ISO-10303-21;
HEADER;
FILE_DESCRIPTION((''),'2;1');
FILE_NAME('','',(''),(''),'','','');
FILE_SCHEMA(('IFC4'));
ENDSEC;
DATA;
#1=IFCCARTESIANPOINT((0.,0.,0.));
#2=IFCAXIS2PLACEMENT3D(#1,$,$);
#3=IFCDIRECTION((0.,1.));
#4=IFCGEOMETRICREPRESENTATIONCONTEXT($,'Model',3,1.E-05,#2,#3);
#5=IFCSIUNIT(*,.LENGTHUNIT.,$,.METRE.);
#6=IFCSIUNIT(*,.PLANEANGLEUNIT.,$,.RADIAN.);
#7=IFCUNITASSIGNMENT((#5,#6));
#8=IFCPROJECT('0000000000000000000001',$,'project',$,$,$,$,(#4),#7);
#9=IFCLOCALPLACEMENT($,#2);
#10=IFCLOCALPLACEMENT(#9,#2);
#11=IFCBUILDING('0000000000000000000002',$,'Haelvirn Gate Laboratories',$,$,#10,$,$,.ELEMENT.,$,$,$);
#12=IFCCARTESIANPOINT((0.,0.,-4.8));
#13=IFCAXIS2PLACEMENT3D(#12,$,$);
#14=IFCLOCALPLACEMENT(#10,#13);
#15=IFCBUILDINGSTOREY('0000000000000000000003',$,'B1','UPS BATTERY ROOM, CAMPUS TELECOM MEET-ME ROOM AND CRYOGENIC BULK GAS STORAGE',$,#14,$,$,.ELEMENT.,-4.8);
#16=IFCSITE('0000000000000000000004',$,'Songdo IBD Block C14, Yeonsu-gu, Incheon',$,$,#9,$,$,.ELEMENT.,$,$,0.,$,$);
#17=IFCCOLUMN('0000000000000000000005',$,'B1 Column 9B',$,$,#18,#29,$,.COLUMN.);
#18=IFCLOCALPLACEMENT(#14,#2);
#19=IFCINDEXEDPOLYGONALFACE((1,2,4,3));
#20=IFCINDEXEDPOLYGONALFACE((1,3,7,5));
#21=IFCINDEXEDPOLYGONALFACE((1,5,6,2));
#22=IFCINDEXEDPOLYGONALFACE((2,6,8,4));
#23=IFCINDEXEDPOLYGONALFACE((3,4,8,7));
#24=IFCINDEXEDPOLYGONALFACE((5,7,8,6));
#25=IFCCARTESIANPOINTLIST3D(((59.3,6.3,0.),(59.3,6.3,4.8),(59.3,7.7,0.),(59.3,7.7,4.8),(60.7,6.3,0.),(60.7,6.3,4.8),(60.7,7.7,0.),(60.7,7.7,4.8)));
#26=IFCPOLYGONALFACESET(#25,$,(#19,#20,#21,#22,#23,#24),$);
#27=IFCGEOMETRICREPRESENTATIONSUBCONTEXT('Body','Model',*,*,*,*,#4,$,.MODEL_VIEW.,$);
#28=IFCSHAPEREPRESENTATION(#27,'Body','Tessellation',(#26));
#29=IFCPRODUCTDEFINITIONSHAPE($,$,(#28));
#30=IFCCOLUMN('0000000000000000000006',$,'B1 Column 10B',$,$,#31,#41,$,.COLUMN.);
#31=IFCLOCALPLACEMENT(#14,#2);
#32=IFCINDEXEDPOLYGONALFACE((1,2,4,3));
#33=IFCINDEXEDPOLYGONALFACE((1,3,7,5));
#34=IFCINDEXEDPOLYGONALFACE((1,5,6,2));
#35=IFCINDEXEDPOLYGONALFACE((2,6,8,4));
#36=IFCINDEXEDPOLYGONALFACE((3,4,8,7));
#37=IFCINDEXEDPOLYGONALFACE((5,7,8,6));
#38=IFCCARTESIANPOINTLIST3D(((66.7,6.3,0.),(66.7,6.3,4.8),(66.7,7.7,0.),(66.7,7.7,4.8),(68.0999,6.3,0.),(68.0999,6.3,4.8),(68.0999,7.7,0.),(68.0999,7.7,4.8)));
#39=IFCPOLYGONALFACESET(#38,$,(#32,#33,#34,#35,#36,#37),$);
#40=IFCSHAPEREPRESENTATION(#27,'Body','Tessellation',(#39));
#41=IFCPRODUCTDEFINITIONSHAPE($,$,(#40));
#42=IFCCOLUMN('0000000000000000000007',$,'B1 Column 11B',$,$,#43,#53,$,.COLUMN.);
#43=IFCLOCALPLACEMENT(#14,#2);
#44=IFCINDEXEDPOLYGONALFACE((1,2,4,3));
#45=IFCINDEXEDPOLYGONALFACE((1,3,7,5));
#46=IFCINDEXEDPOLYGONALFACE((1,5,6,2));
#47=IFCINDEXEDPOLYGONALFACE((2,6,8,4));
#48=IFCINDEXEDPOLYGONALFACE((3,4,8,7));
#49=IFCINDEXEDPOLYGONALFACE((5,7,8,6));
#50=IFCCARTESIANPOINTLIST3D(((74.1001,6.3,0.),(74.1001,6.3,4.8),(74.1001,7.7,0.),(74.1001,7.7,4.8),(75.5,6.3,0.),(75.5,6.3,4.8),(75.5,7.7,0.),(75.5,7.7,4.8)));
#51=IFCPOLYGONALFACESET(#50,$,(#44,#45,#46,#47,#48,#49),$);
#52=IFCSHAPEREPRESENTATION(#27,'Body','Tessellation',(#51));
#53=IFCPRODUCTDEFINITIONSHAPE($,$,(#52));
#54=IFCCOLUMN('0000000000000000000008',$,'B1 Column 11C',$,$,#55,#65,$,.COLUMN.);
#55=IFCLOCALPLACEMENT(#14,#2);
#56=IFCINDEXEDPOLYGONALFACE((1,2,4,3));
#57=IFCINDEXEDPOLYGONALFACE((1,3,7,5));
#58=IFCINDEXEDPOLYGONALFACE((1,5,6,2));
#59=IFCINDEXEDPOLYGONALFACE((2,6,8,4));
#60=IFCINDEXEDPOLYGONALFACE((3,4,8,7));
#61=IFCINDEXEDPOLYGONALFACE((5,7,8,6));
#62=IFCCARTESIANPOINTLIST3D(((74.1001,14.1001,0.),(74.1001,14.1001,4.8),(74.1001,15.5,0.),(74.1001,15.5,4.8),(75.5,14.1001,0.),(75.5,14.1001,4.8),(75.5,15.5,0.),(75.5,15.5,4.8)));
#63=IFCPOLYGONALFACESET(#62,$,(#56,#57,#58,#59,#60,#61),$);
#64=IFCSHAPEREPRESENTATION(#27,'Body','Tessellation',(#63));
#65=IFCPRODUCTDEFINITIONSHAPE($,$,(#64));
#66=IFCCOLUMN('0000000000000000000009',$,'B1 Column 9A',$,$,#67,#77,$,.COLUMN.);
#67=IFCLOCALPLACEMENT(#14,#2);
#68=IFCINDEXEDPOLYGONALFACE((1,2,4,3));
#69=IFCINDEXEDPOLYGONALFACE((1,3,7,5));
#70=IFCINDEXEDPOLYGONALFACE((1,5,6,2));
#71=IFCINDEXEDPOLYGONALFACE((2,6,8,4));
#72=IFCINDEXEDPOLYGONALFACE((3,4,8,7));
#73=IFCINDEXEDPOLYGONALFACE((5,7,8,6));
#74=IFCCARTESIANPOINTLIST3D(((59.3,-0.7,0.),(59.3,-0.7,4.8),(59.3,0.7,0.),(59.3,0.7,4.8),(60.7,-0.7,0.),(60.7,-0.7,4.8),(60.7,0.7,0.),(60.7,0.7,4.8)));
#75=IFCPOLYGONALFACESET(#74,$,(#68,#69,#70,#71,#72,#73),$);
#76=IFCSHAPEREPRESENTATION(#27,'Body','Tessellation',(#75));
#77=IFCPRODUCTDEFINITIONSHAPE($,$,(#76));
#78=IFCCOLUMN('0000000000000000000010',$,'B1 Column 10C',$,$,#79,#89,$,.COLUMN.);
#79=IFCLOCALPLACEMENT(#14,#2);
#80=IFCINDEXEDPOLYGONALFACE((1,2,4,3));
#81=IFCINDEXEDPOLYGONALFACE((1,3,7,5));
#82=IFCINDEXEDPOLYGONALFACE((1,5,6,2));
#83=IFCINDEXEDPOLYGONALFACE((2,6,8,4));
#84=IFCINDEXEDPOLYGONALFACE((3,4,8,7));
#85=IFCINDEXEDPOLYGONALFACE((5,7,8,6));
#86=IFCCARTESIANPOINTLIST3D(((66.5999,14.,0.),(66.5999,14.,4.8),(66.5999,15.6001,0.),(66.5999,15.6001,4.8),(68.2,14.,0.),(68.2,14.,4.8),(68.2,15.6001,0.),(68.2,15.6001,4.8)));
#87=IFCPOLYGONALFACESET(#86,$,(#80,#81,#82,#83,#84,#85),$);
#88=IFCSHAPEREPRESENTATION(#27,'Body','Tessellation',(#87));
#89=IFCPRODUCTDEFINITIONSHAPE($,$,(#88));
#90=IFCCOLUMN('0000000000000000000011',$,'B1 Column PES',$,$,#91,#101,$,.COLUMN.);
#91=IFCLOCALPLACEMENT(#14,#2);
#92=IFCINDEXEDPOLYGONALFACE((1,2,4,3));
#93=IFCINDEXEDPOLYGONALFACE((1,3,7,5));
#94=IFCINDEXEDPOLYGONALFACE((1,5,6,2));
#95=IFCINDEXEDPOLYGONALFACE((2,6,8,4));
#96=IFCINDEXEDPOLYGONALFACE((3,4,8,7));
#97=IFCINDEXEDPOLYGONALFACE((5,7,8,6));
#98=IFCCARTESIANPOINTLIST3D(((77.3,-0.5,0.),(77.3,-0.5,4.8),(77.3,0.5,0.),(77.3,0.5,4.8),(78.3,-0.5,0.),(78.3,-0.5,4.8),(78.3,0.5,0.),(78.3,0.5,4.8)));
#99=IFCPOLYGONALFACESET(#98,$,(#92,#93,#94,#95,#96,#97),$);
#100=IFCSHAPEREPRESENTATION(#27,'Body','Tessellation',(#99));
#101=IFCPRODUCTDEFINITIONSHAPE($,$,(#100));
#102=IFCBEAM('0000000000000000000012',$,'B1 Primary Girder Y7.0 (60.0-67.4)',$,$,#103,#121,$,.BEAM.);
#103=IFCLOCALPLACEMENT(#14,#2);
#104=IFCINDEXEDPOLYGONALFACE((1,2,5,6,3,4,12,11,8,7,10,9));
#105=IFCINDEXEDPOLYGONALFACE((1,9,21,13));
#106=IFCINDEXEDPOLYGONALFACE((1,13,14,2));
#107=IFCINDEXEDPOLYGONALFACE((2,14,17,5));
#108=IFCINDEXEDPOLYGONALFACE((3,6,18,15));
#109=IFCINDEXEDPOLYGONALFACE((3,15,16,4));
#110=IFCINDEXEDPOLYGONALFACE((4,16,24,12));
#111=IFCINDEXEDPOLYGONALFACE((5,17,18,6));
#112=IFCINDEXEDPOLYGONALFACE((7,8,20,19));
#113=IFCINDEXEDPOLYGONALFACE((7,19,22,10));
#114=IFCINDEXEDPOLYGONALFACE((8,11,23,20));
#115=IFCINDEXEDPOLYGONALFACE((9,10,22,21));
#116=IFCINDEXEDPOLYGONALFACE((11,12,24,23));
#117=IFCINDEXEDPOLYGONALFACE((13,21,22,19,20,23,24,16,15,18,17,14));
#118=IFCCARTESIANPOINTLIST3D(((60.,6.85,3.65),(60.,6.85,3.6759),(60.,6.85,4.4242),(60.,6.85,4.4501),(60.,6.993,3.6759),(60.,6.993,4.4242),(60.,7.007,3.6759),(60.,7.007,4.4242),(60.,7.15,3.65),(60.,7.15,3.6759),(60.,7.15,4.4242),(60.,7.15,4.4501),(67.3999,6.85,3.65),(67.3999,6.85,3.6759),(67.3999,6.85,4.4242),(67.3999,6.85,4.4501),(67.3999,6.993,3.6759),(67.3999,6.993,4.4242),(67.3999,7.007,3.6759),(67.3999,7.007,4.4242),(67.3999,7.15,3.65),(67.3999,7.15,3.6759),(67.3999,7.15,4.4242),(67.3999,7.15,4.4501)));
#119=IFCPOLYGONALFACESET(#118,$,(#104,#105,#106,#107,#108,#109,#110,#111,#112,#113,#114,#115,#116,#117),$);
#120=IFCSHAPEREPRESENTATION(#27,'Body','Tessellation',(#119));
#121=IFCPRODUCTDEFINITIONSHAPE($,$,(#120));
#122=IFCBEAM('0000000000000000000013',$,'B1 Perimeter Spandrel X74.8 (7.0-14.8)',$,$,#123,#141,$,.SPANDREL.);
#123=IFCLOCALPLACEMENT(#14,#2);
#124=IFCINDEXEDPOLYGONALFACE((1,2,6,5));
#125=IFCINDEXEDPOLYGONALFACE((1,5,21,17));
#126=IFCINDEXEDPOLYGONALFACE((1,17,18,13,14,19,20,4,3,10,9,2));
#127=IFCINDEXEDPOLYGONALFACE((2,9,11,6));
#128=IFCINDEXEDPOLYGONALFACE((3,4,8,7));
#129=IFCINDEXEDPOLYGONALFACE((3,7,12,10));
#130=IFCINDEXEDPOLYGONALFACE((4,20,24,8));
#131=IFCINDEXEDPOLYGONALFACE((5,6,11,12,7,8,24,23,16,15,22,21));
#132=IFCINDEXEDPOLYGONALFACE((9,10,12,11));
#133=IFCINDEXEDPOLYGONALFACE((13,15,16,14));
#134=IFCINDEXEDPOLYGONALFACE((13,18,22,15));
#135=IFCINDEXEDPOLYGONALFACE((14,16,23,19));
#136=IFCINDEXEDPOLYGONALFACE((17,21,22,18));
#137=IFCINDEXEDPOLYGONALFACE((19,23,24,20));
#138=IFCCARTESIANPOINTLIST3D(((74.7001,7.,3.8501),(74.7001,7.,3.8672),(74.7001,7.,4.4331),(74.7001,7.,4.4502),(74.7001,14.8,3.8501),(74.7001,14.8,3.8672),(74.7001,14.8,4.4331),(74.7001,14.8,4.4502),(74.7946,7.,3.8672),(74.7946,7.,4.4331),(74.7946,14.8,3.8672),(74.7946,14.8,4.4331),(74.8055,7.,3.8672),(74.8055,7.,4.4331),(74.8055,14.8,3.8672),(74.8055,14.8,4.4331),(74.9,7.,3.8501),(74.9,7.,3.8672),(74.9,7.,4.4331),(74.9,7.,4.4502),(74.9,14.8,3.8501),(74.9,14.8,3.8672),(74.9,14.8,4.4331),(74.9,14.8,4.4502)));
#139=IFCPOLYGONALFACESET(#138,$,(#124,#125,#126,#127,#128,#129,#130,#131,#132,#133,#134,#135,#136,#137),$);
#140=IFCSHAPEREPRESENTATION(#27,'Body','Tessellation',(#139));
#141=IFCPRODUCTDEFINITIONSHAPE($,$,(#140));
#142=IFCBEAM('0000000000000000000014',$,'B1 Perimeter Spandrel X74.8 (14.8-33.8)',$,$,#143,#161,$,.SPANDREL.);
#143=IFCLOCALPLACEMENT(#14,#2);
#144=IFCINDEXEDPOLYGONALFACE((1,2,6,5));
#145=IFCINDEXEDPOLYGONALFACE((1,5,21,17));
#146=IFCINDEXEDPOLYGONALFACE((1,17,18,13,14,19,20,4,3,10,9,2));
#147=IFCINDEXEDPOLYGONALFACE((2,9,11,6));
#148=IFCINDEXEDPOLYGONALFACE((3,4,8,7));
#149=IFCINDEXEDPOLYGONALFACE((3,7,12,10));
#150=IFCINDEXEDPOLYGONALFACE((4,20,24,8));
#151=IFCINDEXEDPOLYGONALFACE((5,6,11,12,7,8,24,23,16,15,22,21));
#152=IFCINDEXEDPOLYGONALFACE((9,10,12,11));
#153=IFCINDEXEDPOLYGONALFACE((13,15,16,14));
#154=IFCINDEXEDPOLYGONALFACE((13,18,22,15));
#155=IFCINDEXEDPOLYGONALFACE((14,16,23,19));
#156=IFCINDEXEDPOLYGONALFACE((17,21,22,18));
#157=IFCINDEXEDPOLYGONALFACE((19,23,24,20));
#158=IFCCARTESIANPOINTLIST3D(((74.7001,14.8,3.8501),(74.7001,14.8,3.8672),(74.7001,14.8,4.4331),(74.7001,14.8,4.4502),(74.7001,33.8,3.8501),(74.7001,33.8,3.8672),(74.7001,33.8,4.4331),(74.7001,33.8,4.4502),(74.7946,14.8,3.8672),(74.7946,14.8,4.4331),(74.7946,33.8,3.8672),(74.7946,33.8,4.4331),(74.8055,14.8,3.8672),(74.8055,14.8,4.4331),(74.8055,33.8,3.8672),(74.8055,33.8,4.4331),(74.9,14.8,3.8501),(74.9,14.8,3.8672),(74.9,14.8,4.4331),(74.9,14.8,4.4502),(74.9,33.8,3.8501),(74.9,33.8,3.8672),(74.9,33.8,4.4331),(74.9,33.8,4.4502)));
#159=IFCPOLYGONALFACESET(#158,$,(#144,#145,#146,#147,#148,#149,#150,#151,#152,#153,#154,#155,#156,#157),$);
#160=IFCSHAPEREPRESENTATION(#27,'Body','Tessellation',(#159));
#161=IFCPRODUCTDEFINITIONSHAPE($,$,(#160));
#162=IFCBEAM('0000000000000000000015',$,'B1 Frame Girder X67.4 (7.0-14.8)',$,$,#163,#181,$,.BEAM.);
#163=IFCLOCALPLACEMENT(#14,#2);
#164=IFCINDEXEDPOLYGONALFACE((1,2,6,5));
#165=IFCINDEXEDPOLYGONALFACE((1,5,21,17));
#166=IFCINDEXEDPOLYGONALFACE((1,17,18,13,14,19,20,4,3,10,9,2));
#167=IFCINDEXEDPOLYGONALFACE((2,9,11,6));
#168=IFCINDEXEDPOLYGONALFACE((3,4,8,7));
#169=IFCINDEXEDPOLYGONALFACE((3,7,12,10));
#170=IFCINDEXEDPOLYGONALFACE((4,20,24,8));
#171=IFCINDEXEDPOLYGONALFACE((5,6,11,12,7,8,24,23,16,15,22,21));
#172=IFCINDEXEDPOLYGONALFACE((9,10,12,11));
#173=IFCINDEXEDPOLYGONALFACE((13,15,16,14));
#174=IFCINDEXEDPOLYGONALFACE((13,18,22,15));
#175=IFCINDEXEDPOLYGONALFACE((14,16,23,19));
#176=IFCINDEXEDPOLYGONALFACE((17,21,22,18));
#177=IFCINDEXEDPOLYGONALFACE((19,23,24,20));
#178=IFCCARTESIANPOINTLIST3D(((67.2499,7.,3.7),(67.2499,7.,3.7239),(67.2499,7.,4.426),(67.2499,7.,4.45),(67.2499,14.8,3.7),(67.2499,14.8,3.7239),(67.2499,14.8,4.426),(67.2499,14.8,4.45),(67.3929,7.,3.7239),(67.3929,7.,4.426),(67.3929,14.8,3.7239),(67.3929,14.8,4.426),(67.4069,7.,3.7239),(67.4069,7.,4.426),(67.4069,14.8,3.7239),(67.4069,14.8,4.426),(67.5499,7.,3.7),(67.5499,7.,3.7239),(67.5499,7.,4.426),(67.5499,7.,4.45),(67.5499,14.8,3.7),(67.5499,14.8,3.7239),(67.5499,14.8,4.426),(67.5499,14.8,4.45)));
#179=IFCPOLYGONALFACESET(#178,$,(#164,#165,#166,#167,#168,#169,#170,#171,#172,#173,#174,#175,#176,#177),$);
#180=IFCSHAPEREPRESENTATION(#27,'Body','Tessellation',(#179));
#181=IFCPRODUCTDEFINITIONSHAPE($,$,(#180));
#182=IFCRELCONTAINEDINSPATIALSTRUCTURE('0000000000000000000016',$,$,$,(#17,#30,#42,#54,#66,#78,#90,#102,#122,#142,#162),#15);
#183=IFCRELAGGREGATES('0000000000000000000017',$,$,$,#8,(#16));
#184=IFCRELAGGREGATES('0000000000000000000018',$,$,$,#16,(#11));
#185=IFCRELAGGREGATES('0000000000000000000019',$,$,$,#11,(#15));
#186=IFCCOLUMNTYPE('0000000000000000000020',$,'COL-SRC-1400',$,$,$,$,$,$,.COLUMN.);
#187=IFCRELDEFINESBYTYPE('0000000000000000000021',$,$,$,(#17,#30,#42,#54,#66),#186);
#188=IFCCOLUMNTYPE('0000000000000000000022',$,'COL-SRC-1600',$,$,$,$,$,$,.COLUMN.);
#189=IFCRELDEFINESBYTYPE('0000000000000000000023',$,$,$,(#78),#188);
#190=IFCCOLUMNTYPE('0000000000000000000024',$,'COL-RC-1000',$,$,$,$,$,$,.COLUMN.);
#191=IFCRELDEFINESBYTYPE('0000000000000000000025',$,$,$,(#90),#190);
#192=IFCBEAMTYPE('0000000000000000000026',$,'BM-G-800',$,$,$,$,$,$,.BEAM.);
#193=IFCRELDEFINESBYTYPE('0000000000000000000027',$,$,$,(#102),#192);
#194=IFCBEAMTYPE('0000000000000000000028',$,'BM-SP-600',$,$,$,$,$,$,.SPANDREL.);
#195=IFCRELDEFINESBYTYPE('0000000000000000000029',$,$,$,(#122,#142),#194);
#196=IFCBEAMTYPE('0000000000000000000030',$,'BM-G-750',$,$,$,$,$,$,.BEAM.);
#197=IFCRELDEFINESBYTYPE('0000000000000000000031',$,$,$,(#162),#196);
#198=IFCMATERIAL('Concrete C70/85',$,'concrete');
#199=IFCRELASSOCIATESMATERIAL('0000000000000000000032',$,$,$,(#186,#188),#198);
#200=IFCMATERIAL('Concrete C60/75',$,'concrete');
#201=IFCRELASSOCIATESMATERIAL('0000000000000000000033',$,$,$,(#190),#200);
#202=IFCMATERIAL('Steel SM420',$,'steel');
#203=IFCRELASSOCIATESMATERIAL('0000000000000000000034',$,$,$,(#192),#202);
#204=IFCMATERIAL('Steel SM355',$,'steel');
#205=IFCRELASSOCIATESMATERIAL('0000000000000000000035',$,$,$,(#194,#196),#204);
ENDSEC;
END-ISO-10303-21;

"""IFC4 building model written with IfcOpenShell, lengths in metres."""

from ifc_helpers import new_model, si_unit, direction, frame, origin, origin_2d, place, context, subcontext, project, spatial, rectangle, i_section, extrude, source, transform, mapped, material, material_profile, profile_set, type_object, type_shapes, element, save


model = new_model("IFC4")

# Units and contexts
model_context = context("Model", 3, precision=1e-05, world=origin(), true_north=direction((0.0, 1.0)))
body_context = subcontext(model_context, "Body", "Model", "MODEL_VIEW")
ifc_project = project(units=[si_unit("LENGTHUNIT", "METRE"), si_unit("PLANEANGLEUNIT", "RADIAN")], contexts=[model_context])

# Site, building, storey
site_placement = place(None, origin())
site = spatial("IfcSite", under=ifc_project, at=site_placement, Name="Songdo IBD Block C14, Yeonsu-gu, Incheon", CompositionType="ELEMENT", RefElevation=0.0)
building_placement = place(site_placement, origin())
building = spatial("IfcBuilding", under=site, at=building_placement, Name="Haelvirn Gate Laboratories", CompositionType="ELEMENT")
storey_placement = place(building_placement, frame((0.0, 0.0, -4.8)))
storey = spatial("IfcBuildingStorey", under=building, at=storey_placement, Name="B1", Description="UPS BATTERY ROOM, CAMPUS TELECOM MEET-ME ROOM AND CRYOGENIC BULK GAS STORAGE", CompositionType="ELEMENT", Elevation=-4.8)

# Columns
ifc_material_1 = material(Name="Concrete C70/85", Category="concrete")
ifc_material_profile_1 = material_profile(ifc_material_1, rectangle(XDim=1.3999, YDim=1.3999, at=origin_2d()), Name="SRC-1400x1400")
ifc_profile_set_1 = profile_set([ifc_material_profile_1], Name="Concrete C70/85")
column_type_1 = type_object("IfcColumnType", Name="COL-SRC-1400", PredefinedType="COLUMN", material=ifc_profile_set_1)
shared_shape_1 = source(origin(), body_context, "Body", "SweptSolid", [
    extrude(rectangle(XDim=1.3999, YDim=1.3999, at=origin_2d()), origin(), (0.0, 0.0, 1.0), 4.8),
])
type_shapes(column_type_1, [shared_shape_1])
for number, where, z_axis, x_axis, name in (
    (1, (60.0, 7.0, 0.0), (0.0, 0.0, 1.0), (1.0, 0.0, 0.0), "B1 Column 9B"),
    (2, (67.3999, 7.0, 0.0), (0.0, 0.0, 1.0), (1.0, 0.0, 0.0), "B1 Column 10B"),
    (3, (74.8, 7.0, 0.0), (0.0, 0.0, 1.0), (1.0, 0.0, 0.0), "B1 Column 11B"),
    (4, (74.8, 14.8, 0.0), (0.0, 0.0, 1.0), (1.0, 0.0, 0.0), "B1 Column 11C"),
    (5, (60.0, 0.0, 0.0), (0.0, 0.0, 1.0), (1.0, 0.0, 0.0), "B1 Column 9A"),
):
    element("IfcColumn", number, at=place(storey_placement, frame(where, z_axis=z_axis, x_axis=x_axis)), inside=storey, type_object=column_type_1, Name=name, PredefinedType="COLUMN", context=body_context, shape_type="MappedRepresentation", body=[
        mapped(shared_shape_1, transform((0.0, 0.0, 0.0), scale=1.0)),
    ])
ifc_material_profile_2 = material_profile(ifc_material_1, rectangle(XDim=1.6001, YDim=1.6001, at=origin_2d()), Name="SRC-1600x1600")
ifc_profile_set_2 = profile_set([ifc_material_profile_2], Name="Concrete C70/85")
column_type_2 = type_object("IfcColumnType", Name="COL-SRC-1600", PredefinedType="COLUMN", material=ifc_profile_set_2)
shared_shape_2 = source(origin(), body_context, "Body", "SweptSolid", [
    extrude(rectangle(XDim=1.6001, YDim=1.6001, at=origin_2d()), origin(), (0.0, 0.0, 1.0), 4.8),
])
type_shapes(column_type_2, [shared_shape_2])
column_1_placement = place(storey_placement, frame((67.3999, 14.8, 0.0), z_axis=(0.0, 0.0, 1.0), x_axis=(1.0, 0.0, 0.0)))
element("IfcColumn", 6, at=column_1_placement, inside=storey, type_object=column_type_2, Name="B1 Column 10C", PredefinedType="COLUMN", context=body_context, shape_type="MappedRepresentation", body=[
    mapped(shared_shape_2, transform((0.0, 0.0, 0.0), scale=1.0)),
])
ifc_material_2 = material(Name="Concrete C60/75", Category="concrete")
ifc_material_profile_3 = material_profile(ifc_material_2, rectangle(XDim=1.0, YDim=1.0, at=origin_2d()), Name="RC-1000x1000")
ifc_profile_set_3 = profile_set([ifc_material_profile_3], Name="Concrete C60/75")
column_type_3 = type_object("IfcColumnType", Name="COL-RC-1000", PredefinedType="COLUMN", material=ifc_profile_set_3)
shared_shape_3 = source(origin(), body_context, "Body", "SweptSolid", [
    extrude(rectangle(XDim=1.0, YDim=1.0, at=origin_2d()), origin(), (0.0, 0.0, 1.0), 4.8),
])
type_shapes(column_type_3, [shared_shape_3])
column_2_placement = place(storey_placement, frame((77.8, 0.0, 0.0), z_axis=(0.0, 0.0, 1.0), x_axis=(1.0, 0.0, 0.0)))
element("IfcColumn", 7, at=column_2_placement, inside=storey, type_object=column_type_3, Name="B1 Column PES", PredefinedType="COLUMN", context=body_context, shape_type="MappedRepresentation", body=[
    mapped(shared_shape_3, transform((0.0, 0.0, 0.0), scale=1.0)),
])

# Beams
ifc_material_3 = material(Name="Steel SM420", Category="steel")
ifc_material_profile_4 = material_profile(ifc_material_3, i_section(OverallWidth=0.3, OverallDepth=0.8, WebThickness=0.0139, FlangeThickness=0.0259, at=origin_2d()), Name="H-800x300x14x26")
ifc_profile_set_4 = profile_set([ifc_material_profile_4], Name="Steel SM420")
beam_type_1 = type_object("IfcBeamType", Name="BM-G-800", PredefinedType="BEAM", material=ifc_profile_set_4)
shared_shape_4 = source(origin(), body_context, "Body", "SweptSolid", [
    extrude(i_section(OverallWidth=0.3, OverallDepth=0.8, WebThickness=0.0139, FlangeThickness=0.0259, at=origin_2d()), origin(), (0.0, 0.0, 1.0), 7.3999),
])
type_shapes(beam_type_1, [shared_shape_4])
beam_1_placement = place(storey_placement, frame((60.0, 7.0, 4.05), z_axis=(1.0, 0.0, 0.0), x_axis=(0.0, 1.0, 0.0)))
element("IfcBeam", 8, at=beam_1_placement, inside=storey, type_object=beam_type_1, Name="B1 Primary Girder Y7.0 (60.0-67.4)", PredefinedType="BEAM", context=body_context, shape_type="MappedRepresentation", body=[
    mapped(shared_shape_4, transform((0.0, 0.0, 0.0), scale=1.0)),
])
ifc_material_4 = material(Name="Steel SM355", Category="steel")
ifc_material_profile_5 = material_profile(ifc_material_4, i_section(OverallWidth=0.2, OverallDepth=0.6001, WebThickness=0.011, FlangeThickness=0.0171, at=origin_2d()), Name="H-600x200x11x17")
ifc_profile_set_5 = profile_set([ifc_material_profile_5], Name="Steel SM355")
beam_type_2 = type_object("IfcBeamType", Name="BM-SP-600", PredefinedType="SPANDREL", material=ifc_profile_set_5)
shared_shape_5 = source(origin(), body_context, "Body", "SweptSolid", [
    extrude(i_section(OverallWidth=0.2, OverallDepth=0.6001, WebThickness=0.011, FlangeThickness=0.0171, at=origin_2d()), origin(), (0.0, 0.0, 1.0), 7.8),
])
beam_2_placement = place(storey_placement, frame((74.8, 7.0, 4.1501), z_axis=(0.0, 1.0, 0.0), x_axis=(-1.0, 0.0, 0.0)))
element("IfcBeam", 9, at=beam_2_placement, inside=storey, type_object=beam_type_2, Name="B1 Perimeter Spandrel X74.8 (7.0-14.8)", PredefinedType="SPANDREL", context=body_context, shape_type="MappedRepresentation", body=[
    mapped(shared_shape_5, transform((0.0, 0.0, 0.0), scale=1.0)),
])
shared_shape_6 = source(origin(), body_context, "Body", "SweptSolid", [
    extrude(i_section(OverallWidth=0.2, OverallDepth=0.6001, WebThickness=0.011, FlangeThickness=0.0171, at=origin_2d()), origin(), (0.0, 0.0, 1.0), 19.0),
])
beam_3_placement = place(storey_placement, frame((74.8, 14.8, 4.1501), z_axis=(0.0, 1.0, 0.0), x_axis=(-1.0, 0.0, 0.0)))
element("IfcBeam", 10, at=beam_3_placement, inside=storey, type_object=beam_type_2, Name="B1 Perimeter Spandrel X74.8 (14.8-33.8)", PredefinedType="SPANDREL", context=body_context, shape_type="MappedRepresentation", body=[
    mapped(shared_shape_6, transform((0.0, 0.0, 0.0), scale=1.0)),
])
ifc_material_profile_6 = material_profile(ifc_material_4, i_section(OverallWidth=0.3, OverallDepth=0.75, WebThickness=0.0139, FlangeThickness=0.0239, at=origin_2d()), Name="H-750x300x14x24")
ifc_profile_set_6 = profile_set([ifc_material_profile_6], Name="Steel SM355")
beam_type_3 = type_object("IfcBeamType", Name="BM-G-750", PredefinedType="BEAM", material=ifc_profile_set_6)
shared_shape_7 = source(origin(), body_context, "Body", "SweptSolid", [
    extrude(i_section(OverallWidth=0.3, OverallDepth=0.75, WebThickness=0.0139, FlangeThickness=0.0239, at=origin_2d()), origin(), (0.0, 0.0, 1.0), 7.8),
])
beam_4_placement = place(storey_placement, frame((67.3999, 7.0, 4.075), z_axis=(0.0, 1.0, 0.0), x_axis=(-1.0, 0.0, 0.0)))
element("IfcBeam", 11, at=beam_4_placement, inside=storey, type_object=beam_type_3, Name="B1 Frame Girder X67.4 (7.0-14.8)", PredefinedType="BEAM", context=body_context, shape_type="MappedRepresentation", body=[
    mapped(shared_shape_7, transform((0.0, 0.0, 0.0), scale=1.0)),
])

save(model, "model.ifc")
